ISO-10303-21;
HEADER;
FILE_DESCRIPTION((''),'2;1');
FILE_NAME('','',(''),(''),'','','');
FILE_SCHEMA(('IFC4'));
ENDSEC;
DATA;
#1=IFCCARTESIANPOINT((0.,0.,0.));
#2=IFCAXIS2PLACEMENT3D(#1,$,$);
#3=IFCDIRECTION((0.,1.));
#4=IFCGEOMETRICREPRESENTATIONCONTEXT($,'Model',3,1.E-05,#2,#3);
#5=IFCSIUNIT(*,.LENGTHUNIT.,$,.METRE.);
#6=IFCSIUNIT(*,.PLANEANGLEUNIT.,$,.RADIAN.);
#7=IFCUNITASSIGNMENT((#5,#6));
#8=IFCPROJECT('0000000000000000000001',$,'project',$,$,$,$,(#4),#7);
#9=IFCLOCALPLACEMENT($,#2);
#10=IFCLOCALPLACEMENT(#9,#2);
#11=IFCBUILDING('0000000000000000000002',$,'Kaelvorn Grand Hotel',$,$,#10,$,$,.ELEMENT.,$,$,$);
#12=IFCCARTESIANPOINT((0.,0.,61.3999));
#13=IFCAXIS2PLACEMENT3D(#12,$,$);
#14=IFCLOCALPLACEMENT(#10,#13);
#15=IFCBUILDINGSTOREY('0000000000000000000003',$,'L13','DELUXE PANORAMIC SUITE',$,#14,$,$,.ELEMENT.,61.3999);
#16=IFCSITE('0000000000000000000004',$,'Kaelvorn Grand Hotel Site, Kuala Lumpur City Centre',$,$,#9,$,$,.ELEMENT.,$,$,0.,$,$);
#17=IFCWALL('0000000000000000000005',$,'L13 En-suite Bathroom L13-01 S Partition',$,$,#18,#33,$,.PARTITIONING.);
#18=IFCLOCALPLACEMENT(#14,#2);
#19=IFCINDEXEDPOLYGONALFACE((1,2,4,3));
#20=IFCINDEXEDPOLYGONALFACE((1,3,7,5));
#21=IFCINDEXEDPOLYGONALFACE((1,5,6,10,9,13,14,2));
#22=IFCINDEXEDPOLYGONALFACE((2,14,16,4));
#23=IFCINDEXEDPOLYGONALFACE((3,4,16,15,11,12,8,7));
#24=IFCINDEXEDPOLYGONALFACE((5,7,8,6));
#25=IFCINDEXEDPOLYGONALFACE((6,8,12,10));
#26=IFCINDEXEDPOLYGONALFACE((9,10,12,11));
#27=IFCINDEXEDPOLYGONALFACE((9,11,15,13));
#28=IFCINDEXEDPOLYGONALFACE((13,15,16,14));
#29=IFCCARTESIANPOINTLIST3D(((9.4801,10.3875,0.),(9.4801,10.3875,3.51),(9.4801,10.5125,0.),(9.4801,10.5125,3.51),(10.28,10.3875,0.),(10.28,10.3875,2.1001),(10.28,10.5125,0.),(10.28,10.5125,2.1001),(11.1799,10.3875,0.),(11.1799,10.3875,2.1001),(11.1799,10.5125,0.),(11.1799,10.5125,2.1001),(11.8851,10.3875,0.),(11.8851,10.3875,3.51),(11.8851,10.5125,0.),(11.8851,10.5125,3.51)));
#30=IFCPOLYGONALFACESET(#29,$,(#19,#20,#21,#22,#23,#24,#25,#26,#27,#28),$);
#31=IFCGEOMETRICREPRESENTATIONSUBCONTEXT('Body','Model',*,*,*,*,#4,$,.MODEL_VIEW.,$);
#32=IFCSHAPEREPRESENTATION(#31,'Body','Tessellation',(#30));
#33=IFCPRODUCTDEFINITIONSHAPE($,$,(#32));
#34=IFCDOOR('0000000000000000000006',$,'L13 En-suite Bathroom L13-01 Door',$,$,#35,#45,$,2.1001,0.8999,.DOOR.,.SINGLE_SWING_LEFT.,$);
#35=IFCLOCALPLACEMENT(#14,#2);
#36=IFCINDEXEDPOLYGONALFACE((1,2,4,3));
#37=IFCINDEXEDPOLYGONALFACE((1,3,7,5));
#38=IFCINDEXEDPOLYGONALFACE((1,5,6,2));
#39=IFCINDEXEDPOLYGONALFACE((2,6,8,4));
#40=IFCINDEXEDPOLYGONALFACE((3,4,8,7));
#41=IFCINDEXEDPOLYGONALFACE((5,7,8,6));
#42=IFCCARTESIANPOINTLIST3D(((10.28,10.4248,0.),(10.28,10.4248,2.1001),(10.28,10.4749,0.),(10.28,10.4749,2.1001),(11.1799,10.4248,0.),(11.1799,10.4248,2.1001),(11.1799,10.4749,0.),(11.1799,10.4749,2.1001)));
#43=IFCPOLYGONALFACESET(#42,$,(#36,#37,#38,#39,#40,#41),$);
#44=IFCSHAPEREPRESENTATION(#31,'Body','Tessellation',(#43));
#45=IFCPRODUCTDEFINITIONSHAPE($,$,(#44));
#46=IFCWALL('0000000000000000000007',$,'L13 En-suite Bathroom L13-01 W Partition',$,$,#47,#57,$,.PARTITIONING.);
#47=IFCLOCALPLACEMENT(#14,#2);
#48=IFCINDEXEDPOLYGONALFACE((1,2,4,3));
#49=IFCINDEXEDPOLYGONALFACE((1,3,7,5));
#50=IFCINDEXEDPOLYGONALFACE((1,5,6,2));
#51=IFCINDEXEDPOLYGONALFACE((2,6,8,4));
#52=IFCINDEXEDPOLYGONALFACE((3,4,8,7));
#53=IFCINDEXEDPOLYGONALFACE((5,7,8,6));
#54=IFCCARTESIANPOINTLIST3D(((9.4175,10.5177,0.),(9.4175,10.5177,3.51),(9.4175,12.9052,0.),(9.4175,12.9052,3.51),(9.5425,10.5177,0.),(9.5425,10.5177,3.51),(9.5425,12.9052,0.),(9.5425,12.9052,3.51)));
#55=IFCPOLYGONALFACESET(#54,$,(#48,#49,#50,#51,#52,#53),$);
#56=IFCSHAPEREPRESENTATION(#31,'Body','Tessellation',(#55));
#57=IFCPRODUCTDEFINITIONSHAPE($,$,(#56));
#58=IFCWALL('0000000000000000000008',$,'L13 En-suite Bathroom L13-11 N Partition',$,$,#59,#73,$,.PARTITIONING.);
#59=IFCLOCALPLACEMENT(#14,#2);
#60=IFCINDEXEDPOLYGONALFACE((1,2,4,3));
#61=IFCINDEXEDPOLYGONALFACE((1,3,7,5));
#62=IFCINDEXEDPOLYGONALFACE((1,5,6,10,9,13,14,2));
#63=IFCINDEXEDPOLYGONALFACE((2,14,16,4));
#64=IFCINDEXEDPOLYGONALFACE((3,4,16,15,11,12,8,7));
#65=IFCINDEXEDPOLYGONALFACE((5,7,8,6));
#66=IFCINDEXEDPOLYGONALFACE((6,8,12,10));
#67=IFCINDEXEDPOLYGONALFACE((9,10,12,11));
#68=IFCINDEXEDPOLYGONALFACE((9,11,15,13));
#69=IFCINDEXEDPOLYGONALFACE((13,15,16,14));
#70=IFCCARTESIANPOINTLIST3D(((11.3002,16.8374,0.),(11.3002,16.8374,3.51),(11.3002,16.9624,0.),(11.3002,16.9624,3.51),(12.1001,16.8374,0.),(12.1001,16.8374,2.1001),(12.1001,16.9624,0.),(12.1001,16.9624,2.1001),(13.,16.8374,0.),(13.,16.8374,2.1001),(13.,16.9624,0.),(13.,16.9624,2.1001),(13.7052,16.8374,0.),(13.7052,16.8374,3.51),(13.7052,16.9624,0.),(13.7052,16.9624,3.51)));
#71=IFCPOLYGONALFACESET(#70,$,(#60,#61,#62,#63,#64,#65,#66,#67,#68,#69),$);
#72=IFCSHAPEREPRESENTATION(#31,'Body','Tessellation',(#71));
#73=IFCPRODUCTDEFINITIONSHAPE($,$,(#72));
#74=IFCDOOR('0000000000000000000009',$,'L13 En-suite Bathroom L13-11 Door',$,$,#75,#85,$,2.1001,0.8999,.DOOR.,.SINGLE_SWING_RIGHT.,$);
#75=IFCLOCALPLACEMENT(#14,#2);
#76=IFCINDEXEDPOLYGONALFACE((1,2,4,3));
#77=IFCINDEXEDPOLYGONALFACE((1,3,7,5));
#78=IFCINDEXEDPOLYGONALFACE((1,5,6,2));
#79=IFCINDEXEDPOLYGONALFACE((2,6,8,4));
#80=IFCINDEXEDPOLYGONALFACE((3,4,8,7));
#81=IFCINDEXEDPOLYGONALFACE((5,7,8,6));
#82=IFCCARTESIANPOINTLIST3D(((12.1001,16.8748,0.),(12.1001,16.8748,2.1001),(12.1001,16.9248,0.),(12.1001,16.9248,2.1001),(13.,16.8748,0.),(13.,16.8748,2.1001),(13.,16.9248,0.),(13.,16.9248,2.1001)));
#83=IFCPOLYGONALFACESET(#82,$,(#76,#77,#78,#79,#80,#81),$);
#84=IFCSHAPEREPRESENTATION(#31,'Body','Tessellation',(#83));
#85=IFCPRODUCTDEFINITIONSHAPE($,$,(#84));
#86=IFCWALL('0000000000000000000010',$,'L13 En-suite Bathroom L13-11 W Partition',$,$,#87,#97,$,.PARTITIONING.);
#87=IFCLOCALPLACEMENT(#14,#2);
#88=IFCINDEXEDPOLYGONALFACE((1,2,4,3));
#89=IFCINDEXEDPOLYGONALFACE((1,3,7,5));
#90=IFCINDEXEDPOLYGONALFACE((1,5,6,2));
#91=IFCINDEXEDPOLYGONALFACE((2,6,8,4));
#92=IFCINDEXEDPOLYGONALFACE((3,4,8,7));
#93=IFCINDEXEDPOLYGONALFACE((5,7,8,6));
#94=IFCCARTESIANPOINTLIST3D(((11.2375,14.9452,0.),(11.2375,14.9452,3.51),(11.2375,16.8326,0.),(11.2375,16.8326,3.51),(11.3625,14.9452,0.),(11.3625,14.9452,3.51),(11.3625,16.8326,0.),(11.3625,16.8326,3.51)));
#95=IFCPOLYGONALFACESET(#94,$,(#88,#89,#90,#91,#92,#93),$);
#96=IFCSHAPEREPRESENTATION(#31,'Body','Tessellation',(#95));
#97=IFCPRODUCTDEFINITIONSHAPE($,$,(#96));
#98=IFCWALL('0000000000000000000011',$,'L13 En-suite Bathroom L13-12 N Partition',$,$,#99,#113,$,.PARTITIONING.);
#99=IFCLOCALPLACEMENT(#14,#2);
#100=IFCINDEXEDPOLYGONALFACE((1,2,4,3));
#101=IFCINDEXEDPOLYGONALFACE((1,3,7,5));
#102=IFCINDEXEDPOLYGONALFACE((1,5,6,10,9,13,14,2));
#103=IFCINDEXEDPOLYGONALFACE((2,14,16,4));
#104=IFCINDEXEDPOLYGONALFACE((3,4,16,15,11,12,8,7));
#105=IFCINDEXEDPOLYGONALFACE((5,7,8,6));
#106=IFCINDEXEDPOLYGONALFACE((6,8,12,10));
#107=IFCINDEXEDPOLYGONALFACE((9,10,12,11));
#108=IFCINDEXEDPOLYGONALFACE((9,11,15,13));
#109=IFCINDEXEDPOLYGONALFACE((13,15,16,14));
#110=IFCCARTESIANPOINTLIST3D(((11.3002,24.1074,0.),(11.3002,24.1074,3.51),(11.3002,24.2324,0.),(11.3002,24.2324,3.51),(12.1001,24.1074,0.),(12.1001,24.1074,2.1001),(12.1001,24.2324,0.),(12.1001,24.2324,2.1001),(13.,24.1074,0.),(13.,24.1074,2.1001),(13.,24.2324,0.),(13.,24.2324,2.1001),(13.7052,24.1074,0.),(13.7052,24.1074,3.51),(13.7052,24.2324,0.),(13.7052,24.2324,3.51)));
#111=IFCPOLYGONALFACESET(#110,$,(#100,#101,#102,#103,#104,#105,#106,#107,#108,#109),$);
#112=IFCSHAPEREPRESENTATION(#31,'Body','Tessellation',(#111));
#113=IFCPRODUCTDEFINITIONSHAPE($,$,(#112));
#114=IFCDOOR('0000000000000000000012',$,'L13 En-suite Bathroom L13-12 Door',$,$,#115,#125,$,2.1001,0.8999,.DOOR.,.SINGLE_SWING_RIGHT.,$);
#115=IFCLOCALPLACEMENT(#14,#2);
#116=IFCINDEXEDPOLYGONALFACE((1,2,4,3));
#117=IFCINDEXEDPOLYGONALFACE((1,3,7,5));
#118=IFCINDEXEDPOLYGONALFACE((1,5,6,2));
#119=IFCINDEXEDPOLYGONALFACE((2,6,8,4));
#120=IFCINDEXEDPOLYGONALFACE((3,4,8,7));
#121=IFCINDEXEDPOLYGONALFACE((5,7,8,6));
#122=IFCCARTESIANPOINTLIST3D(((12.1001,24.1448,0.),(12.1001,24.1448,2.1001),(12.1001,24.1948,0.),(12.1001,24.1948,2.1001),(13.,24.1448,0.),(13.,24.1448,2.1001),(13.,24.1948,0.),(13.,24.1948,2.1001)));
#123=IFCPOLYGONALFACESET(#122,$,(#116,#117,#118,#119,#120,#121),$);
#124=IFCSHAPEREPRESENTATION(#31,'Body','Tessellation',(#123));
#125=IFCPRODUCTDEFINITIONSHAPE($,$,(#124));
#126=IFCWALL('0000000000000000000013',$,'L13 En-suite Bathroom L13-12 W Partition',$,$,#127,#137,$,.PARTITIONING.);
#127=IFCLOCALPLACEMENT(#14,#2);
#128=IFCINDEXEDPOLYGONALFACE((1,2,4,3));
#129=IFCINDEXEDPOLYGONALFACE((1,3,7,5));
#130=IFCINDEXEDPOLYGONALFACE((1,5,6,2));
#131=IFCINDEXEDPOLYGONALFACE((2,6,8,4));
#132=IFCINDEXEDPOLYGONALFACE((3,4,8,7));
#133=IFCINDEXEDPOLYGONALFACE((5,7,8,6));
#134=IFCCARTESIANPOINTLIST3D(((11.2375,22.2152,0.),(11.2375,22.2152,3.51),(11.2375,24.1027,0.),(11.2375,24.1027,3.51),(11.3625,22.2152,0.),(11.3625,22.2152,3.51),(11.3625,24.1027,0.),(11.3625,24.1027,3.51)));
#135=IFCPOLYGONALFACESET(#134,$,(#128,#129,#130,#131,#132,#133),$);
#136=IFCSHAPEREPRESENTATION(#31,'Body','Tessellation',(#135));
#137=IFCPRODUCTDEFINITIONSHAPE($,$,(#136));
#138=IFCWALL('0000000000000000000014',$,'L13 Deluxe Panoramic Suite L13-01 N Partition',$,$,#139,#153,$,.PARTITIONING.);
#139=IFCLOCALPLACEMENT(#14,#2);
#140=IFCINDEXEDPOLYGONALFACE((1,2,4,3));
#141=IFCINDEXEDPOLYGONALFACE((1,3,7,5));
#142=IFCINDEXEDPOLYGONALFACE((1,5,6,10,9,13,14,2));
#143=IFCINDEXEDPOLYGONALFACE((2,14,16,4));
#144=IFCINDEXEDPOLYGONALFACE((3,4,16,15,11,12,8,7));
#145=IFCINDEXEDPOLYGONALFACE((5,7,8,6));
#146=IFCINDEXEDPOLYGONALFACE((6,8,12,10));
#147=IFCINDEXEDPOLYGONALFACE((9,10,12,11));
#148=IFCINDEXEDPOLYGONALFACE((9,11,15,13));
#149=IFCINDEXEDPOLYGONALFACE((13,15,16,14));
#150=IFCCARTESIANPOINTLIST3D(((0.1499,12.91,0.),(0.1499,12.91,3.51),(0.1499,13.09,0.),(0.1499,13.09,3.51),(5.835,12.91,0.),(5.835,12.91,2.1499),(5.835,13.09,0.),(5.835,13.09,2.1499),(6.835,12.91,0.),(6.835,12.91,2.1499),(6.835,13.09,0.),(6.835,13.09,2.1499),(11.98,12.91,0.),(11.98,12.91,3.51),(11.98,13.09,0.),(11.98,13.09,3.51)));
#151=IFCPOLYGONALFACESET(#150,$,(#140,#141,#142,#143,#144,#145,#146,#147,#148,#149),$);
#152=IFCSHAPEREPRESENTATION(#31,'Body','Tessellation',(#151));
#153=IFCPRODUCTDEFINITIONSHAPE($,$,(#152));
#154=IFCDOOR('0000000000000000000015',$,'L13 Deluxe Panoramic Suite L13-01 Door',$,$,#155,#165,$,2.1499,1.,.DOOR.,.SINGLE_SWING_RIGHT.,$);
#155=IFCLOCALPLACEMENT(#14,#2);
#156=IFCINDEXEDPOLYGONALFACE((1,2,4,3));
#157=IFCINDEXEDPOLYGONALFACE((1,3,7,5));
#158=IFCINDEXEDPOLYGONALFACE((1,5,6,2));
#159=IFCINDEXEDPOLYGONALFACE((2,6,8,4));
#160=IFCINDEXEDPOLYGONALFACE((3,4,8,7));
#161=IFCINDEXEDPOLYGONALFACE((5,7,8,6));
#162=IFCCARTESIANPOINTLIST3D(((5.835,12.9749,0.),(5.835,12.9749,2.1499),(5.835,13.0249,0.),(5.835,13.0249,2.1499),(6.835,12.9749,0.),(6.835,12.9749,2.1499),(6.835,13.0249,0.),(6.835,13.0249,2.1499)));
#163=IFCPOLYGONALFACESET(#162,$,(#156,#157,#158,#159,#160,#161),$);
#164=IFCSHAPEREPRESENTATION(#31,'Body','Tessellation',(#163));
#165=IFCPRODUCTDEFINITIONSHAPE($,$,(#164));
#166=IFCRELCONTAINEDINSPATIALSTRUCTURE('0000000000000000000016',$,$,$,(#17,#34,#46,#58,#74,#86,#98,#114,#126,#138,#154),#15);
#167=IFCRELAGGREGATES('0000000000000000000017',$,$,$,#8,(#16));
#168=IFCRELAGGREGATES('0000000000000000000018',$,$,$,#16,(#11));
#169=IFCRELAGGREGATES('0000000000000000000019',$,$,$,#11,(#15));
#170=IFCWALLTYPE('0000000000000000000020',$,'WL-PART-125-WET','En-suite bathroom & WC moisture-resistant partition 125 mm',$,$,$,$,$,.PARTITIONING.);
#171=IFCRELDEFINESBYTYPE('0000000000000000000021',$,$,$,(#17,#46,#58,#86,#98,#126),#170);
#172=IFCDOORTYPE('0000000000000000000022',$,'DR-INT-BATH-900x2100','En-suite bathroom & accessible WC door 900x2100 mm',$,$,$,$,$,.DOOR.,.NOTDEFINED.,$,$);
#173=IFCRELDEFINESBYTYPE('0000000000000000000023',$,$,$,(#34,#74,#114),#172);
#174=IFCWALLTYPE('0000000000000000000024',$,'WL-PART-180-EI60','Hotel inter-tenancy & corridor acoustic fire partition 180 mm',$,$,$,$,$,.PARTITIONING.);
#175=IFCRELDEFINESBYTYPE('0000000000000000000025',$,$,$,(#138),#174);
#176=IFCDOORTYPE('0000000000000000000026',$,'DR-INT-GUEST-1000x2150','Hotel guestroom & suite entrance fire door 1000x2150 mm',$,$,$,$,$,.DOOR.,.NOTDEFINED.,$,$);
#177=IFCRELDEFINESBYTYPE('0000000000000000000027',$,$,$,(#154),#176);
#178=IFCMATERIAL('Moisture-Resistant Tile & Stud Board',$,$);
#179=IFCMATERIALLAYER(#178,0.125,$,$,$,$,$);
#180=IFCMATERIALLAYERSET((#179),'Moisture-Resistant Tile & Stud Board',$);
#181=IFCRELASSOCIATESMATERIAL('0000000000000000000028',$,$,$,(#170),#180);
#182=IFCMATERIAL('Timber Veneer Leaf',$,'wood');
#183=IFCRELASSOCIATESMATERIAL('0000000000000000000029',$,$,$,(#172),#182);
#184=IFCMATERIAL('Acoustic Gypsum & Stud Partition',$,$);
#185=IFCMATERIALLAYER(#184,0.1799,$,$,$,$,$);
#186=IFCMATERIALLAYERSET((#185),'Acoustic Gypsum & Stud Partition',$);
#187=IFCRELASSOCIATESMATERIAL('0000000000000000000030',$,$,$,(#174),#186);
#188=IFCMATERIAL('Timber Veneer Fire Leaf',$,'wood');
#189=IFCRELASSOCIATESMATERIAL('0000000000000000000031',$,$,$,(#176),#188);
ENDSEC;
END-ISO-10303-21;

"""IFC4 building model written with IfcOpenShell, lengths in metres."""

from ifc_helpers import new_model, si_unit, direction, frame, frame_2d, origin, place, context, subcontext, project, spatial, rectangle, extrude, material, layer, layer_set, type_object, element, fill, save


model = new_model("IFC4")

# Units and contexts
model_context = context("Model", 3, precision=1e-05, world=origin(), true_north=direction((0.0, 1.0)))
body_context = subcontext(model_context, "Body", "Model", "MODEL_VIEW")
ifc_project = project(units=[si_unit("LENGTHUNIT", "METRE"), si_unit("PLANEANGLEUNIT", "RADIAN")], contexts=[model_context])

# Site, building, storey
site_placement = place(None, origin())
site = spatial("IfcSite", under=ifc_project, at=site_placement, Name="Kaelvorn Grand Hotel Site, Kuala Lumpur City Centre", CompositionType="ELEMENT", RefElevation=0.0)
building_placement = place(site_placement, origin())
building = spatial("IfcBuilding", under=site, at=building_placement, Name="Kaelvorn Grand Hotel", CompositionType="ELEMENT")
storey_placement = place(building_placement, frame((0.0, 0.0, 61.3999)))
storey = spatial("IfcBuildingStorey", under=building, at=storey_placement, Name="L13", Description="DELUXE PANORAMIC SUITE", CompositionType="ELEMENT", Elevation=61.3999)

# Wall, opening, door
ifc_material_1 = material(Name="Moisture-Resistant Tile & Stud Board")
ifc_layer_1 = layer(ifc_material_1, 0.125)
ifc_layer_set_1 = layer_set([ifc_layer_1], Name="Moisture-Resistant Tile & Stud Board")
wall_type_1 = type_object("IfcWallType", Name="WL-PART-125-WET", Description="En-suite bathroom & WC moisture-resistant partition 125 mm", PredefinedType="PARTITIONING", material=ifc_layer_set_1)
wall_1_placement = place(storey_placement, frame((9.48, 10.45, 0.0), z_axis=(0.0, 0.0, 1.0), x_axis=(1.0, 0.0, 0.0)))
wall_1 = element("IfcWall", 1, at=wall_1_placement, inside=storey, type_object=wall_type_1, Name="L13 En-suite Bathroom L13-01 S Partition", PredefinedType="PARTITIONING", context=body_context, shape_type="SweptSolid", body=[
    extrude(rectangle(XDim=2.405, YDim=0.125, at=frame_2d((1.2026, 0.0))), origin(), (0.0, 0.0, 1.0), 3.51),
])
opening_1_placement = place(wall_1_placement, frame((0.8, 0.0, 0.0)))
opening_1 = element("IfcOpeningElement", 2, at=opening_1_placement, cuts=wall_1, PredefinedType="OPENING", context=body_context, shape_type="SweptSolid", body=[
    extrude(rectangle(XDim=0.8999, YDim=2.1001, at=frame_2d((0.45, 1.05))), frame((0.0, 0.0725, 0.0), z_axis=(0.0, -1.0, 0.0), x_axis=(1.0, 0.0, 0.0)), (0.0, 0.0, 1.0), 0.145),
])
ifc_material_2 = material(Name="Timber Veneer Leaf", Category="wood")
door_type_1 = type_object("IfcDoorType", Name="DR-INT-BATH-900x2100", Description="En-suite bathroom & accessible WC door 900x2100 mm", OperationType="NOTDEFINED", PredefinedType="DOOR", material=ifc_material_2)
door_1_placement = place(opening_1_placement, origin())
door_1 = element("IfcDoor", 3, at=door_1_placement, inside=storey, type_object=door_type_1, Name="L13 En-suite Bathroom L13-01 Door", OperationType="SINGLE_SWING_LEFT", OverallHeight=2.1001, OverallWidth=0.8999, PredefinedType="DOOR", context=body_context, shape_type="SweptSolid", body=[
    extrude(rectangle(XDim=0.8999, YDim=2.1001, at=frame_2d((0.45, 1.05))), frame((0.0, 0.0249, 0.0), z_axis=(0.0, -1.0, 0.0), x_axis=(1.0, 0.0, 0.0)), (0.0, 0.0, 1.0), 0.05),
])
fill(opening_1, door_1)

# Wall
wall_2_placement = place(storey_placement, frame((9.48, 10.5176, 0.0), z_axis=(0.0, 0.0, 1.0), x_axis=(0.0, 1.0, 0.0)))
element("IfcWall", 4, at=wall_2_placement, inside=storey, type_object=wall_type_1, Name="L13 En-suite Bathroom L13-01 W Partition", PredefinedType="PARTITIONING", context=body_context, shape_type="SweptSolid", body=[
    extrude(rectangle(XDim=2.3875, YDim=0.125, at=frame_2d((1.1938, 0.0))), origin(), (0.0, 0.0, 1.0), 3.51),
])

# Wall, opening, door
wall_3_placement = place(storey_placement, frame((11.3, 16.8999, 0.0), z_axis=(0.0, 0.0, 1.0), x_axis=(1.0, 0.0, 0.0)))
wall_3 = element("IfcWall", 5, at=wall_3_placement, inside=storey, type_object=wall_type_1, Name="L13 En-suite Bathroom L13-11 N Partition", PredefinedType="PARTITIONING", context=body_context, shape_type="SweptSolid", body=[
    extrude(rectangle(XDim=2.405, YDim=0.125, at=frame_2d((1.2026, 0.0))), origin(), (0.0, 0.0, 1.0), 3.51),
])
opening_2_placement = place(wall_3_placement, frame((0.8, 0.0, 0.0)))
opening_2 = element("IfcOpeningElement", 6, at=opening_2_placement, cuts=wall_3, PredefinedType="OPENING", context=body_context, shape_type="SweptSolid", body=[
    extrude(rectangle(XDim=0.8999, YDim=2.1001, at=frame_2d((0.45, 1.05))), frame((0.0, 0.0725, 0.0), z_axis=(0.0, -1.0, 0.0), x_axis=(1.0, 0.0, 0.0)), (0.0, 0.0, 1.0), 0.145),
])
door_2_placement = place(opening_2_placement, origin())
door_2 = element("IfcDoor", 7, at=door_2_placement, inside=storey, type_object=door_type_1, Name="L13 En-suite Bathroom L13-11 Door", OperationType="SINGLE_SWING_RIGHT", OverallHeight=2.1001, OverallWidth=0.8999, PredefinedType="DOOR", context=body_context, shape_type="SweptSolid", body=[
    extrude(rectangle(XDim=0.8999, YDim=2.1001, at=frame_2d((0.45, 1.05))), frame((0.0, 0.0249, 0.0), z_axis=(0.0, -1.0, 0.0), x_axis=(1.0, 0.0, 0.0)), (0.0, 0.0, 1.0), 0.05),
])
fill(opening_2, door_2)

# Wall
wall_4_placement = place(storey_placement, frame((11.3, 14.9451, 0.0), z_axis=(0.0, 0.0, 1.0), x_axis=(0.0, 1.0, 0.0)))
element("IfcWall", 8, at=wall_4_placement, inside=storey, type_object=wall_type_1, Name="L13 En-suite Bathroom L13-11 W Partition", PredefinedType="PARTITIONING", context=body_context, shape_type="SweptSolid", body=[
    extrude(rectangle(XDim=1.8875, YDim=0.125, at=frame_2d((0.9438, 0.0))), origin(), (0.0, 0.0, 1.0), 3.51),
])

# Wall, opening, door
wall_5_placement = place(storey_placement, frame((11.3, 24.1699, 0.0), z_axis=(0.0, 0.0, 1.0), x_axis=(1.0, 0.0, 0.0)))
wall_5 = element("IfcWall", 9, at=wall_5_placement, inside=storey, type_object=wall_type_1, Name="L13 En-suite Bathroom L13-12 N Partition", PredefinedType="PARTITIONING", context=body_context, shape_type="SweptSolid", body=[
    extrude(rectangle(XDim=2.405, YDim=0.125, at=frame_2d((1.2026, 0.0))), origin(), (0.0, 0.0, 1.0), 3.51),
])
opening_3_placement = place(wall_5_placement, frame((0.8, 0.0, 0.0)))
opening_3 = element("IfcOpeningElement", 10, at=opening_3_placement, cuts=wall_5, PredefinedType="OPENING", context=body_context, shape_type="SweptSolid", body=[
    extrude(rectangle(XDim=0.8999, YDim=2.1001, at=frame_2d((0.45, 1.05))), frame((0.0, 0.0725, 0.0), z_axis=(0.0, -1.0, 0.0), x_axis=(1.0, 0.0, 0.0)), (0.0, 0.0, 1.0), 0.145),
])
door_3_placement = place(opening_3_placement, origin())
door_3 = element("IfcDoor", 11, at=door_3_placement, inside=storey, type_object=door_type_1, Name="L13 En-suite Bathroom L13-12 Door", OperationType="SINGLE_SWING_RIGHT", OverallHeight=2.1001, OverallWidth=0.8999, PredefinedType="DOOR", context=body_context, shape_type="SweptSolid", body=[
    extrude(rectangle(XDim=0.8999, YDim=2.1001, at=frame_2d((0.45, 1.05))), frame((0.0, 0.0249, 0.0), z_axis=(0.0, -1.0, 0.0), x_axis=(1.0, 0.0, 0.0)), (0.0, 0.0, 1.0), 0.05),
])
fill(opening_3, door_3)

# Wall
wall_6_placement = place(storey_placement, frame((11.3, 22.2151, 0.0), z_axis=(0.0, 0.0, 1.0), x_axis=(0.0, 1.0, 0.0)))
element("IfcWall", 12, at=wall_6_placement, inside=storey, type_object=wall_type_1, Name="L13 En-suite Bathroom L13-12 W Partition", PredefinedType="PARTITIONING", context=body_context, shape_type="SweptSolid", body=[
    extrude(rectangle(XDim=1.8875, YDim=0.125, at=frame_2d((0.9438, 0.0))), origin(), (0.0, 0.0, 1.0), 3.51),
])

# Wall, opening, door
ifc_material_3 = material(Name="Acoustic Gypsum & Stud Partition")
ifc_layer_2 = layer(ifc_material_3, 0.1799)
ifc_layer_set_2 = layer_set([ifc_layer_2], Name="Acoustic Gypsum & Stud Partition")
wall_type_2 = type_object("IfcWallType", Name="WL-PART-180-EI60", Description="Hotel inter-tenancy & corridor acoustic fire partition 180 mm", PredefinedType="PARTITIONING", material=ifc_layer_set_2)
wall_7_placement = place(storey_placement, frame((0.1499, 13.0, 0.0), z_axis=(0.0, 0.0, 1.0), x_axis=(1.0, 0.0, 0.0)))
wall_7 = element("IfcWall", 13, at=wall_7_placement, inside=storey, type_object=wall_type_2, Name="L13 Deluxe Panoramic Suite L13-01 N Partition", PredefinedType="PARTITIONING", context=body_context, shape_type="SweptSolid", body=[
    extrude(rectangle(XDim=11.8301, YDim=0.1799, at=frame_2d((5.915, 0.0))), origin(), (0.0, 0.0, 1.0), 3.51),
])
opening_4_placement = place(wall_7_placement, frame((5.6851, 0.0, 0.0)))
opening_4 = element("IfcOpeningElement", 14, at=opening_4_placement, cuts=wall_7, PredefinedType="OPENING", context=body_context, shape_type="SweptSolid", body=[
    extrude(rectangle(XDim=1.0, YDim=2.1499, at=frame_2d((0.5, 1.075))), frame((0.0, 0.1001, 0.0), z_axis=(0.0, -1.0, 0.0), x_axis=(1.0, 0.0, 0.0)), (0.0, 0.0, 1.0), 0.2),
])
ifc_material_4 = material(Name="Timber Veneer Fire Leaf", Category="wood")
door_type_2 = type_object("IfcDoorType", Name="DR-INT-GUEST-1000x2150", Description="Hotel guestroom & suite entrance fire door 1000x2150 mm", OperationType="NOTDEFINED", PredefinedType="DOOR", material=ifc_material_4)
door_4_placement = place(opening_4_placement, origin())
door_4 = element("IfcDoor", 15, at=door_4_placement, inside=storey, type_object=door_type_2, Name="L13 Deluxe Panoramic Suite L13-01 Door", OperationType="SINGLE_SWING_RIGHT", OverallHeight=2.1499, OverallWidth=1.0, PredefinedType="DOOR", context=body_context, shape_type="SweptSolid", body=[
    extrude(rectangle(XDim=1.0, YDim=2.1499, at=frame_2d((0.5, 1.075))), frame((0.0, 0.0249, 0.0), z_axis=(0.0, -1.0, 0.0), x_axis=(1.0, 0.0, 0.0)), (0.0, 0.0, 1.0), 0.05),
])
fill(opening_4, door_4)

save(model, "model.ifc")
